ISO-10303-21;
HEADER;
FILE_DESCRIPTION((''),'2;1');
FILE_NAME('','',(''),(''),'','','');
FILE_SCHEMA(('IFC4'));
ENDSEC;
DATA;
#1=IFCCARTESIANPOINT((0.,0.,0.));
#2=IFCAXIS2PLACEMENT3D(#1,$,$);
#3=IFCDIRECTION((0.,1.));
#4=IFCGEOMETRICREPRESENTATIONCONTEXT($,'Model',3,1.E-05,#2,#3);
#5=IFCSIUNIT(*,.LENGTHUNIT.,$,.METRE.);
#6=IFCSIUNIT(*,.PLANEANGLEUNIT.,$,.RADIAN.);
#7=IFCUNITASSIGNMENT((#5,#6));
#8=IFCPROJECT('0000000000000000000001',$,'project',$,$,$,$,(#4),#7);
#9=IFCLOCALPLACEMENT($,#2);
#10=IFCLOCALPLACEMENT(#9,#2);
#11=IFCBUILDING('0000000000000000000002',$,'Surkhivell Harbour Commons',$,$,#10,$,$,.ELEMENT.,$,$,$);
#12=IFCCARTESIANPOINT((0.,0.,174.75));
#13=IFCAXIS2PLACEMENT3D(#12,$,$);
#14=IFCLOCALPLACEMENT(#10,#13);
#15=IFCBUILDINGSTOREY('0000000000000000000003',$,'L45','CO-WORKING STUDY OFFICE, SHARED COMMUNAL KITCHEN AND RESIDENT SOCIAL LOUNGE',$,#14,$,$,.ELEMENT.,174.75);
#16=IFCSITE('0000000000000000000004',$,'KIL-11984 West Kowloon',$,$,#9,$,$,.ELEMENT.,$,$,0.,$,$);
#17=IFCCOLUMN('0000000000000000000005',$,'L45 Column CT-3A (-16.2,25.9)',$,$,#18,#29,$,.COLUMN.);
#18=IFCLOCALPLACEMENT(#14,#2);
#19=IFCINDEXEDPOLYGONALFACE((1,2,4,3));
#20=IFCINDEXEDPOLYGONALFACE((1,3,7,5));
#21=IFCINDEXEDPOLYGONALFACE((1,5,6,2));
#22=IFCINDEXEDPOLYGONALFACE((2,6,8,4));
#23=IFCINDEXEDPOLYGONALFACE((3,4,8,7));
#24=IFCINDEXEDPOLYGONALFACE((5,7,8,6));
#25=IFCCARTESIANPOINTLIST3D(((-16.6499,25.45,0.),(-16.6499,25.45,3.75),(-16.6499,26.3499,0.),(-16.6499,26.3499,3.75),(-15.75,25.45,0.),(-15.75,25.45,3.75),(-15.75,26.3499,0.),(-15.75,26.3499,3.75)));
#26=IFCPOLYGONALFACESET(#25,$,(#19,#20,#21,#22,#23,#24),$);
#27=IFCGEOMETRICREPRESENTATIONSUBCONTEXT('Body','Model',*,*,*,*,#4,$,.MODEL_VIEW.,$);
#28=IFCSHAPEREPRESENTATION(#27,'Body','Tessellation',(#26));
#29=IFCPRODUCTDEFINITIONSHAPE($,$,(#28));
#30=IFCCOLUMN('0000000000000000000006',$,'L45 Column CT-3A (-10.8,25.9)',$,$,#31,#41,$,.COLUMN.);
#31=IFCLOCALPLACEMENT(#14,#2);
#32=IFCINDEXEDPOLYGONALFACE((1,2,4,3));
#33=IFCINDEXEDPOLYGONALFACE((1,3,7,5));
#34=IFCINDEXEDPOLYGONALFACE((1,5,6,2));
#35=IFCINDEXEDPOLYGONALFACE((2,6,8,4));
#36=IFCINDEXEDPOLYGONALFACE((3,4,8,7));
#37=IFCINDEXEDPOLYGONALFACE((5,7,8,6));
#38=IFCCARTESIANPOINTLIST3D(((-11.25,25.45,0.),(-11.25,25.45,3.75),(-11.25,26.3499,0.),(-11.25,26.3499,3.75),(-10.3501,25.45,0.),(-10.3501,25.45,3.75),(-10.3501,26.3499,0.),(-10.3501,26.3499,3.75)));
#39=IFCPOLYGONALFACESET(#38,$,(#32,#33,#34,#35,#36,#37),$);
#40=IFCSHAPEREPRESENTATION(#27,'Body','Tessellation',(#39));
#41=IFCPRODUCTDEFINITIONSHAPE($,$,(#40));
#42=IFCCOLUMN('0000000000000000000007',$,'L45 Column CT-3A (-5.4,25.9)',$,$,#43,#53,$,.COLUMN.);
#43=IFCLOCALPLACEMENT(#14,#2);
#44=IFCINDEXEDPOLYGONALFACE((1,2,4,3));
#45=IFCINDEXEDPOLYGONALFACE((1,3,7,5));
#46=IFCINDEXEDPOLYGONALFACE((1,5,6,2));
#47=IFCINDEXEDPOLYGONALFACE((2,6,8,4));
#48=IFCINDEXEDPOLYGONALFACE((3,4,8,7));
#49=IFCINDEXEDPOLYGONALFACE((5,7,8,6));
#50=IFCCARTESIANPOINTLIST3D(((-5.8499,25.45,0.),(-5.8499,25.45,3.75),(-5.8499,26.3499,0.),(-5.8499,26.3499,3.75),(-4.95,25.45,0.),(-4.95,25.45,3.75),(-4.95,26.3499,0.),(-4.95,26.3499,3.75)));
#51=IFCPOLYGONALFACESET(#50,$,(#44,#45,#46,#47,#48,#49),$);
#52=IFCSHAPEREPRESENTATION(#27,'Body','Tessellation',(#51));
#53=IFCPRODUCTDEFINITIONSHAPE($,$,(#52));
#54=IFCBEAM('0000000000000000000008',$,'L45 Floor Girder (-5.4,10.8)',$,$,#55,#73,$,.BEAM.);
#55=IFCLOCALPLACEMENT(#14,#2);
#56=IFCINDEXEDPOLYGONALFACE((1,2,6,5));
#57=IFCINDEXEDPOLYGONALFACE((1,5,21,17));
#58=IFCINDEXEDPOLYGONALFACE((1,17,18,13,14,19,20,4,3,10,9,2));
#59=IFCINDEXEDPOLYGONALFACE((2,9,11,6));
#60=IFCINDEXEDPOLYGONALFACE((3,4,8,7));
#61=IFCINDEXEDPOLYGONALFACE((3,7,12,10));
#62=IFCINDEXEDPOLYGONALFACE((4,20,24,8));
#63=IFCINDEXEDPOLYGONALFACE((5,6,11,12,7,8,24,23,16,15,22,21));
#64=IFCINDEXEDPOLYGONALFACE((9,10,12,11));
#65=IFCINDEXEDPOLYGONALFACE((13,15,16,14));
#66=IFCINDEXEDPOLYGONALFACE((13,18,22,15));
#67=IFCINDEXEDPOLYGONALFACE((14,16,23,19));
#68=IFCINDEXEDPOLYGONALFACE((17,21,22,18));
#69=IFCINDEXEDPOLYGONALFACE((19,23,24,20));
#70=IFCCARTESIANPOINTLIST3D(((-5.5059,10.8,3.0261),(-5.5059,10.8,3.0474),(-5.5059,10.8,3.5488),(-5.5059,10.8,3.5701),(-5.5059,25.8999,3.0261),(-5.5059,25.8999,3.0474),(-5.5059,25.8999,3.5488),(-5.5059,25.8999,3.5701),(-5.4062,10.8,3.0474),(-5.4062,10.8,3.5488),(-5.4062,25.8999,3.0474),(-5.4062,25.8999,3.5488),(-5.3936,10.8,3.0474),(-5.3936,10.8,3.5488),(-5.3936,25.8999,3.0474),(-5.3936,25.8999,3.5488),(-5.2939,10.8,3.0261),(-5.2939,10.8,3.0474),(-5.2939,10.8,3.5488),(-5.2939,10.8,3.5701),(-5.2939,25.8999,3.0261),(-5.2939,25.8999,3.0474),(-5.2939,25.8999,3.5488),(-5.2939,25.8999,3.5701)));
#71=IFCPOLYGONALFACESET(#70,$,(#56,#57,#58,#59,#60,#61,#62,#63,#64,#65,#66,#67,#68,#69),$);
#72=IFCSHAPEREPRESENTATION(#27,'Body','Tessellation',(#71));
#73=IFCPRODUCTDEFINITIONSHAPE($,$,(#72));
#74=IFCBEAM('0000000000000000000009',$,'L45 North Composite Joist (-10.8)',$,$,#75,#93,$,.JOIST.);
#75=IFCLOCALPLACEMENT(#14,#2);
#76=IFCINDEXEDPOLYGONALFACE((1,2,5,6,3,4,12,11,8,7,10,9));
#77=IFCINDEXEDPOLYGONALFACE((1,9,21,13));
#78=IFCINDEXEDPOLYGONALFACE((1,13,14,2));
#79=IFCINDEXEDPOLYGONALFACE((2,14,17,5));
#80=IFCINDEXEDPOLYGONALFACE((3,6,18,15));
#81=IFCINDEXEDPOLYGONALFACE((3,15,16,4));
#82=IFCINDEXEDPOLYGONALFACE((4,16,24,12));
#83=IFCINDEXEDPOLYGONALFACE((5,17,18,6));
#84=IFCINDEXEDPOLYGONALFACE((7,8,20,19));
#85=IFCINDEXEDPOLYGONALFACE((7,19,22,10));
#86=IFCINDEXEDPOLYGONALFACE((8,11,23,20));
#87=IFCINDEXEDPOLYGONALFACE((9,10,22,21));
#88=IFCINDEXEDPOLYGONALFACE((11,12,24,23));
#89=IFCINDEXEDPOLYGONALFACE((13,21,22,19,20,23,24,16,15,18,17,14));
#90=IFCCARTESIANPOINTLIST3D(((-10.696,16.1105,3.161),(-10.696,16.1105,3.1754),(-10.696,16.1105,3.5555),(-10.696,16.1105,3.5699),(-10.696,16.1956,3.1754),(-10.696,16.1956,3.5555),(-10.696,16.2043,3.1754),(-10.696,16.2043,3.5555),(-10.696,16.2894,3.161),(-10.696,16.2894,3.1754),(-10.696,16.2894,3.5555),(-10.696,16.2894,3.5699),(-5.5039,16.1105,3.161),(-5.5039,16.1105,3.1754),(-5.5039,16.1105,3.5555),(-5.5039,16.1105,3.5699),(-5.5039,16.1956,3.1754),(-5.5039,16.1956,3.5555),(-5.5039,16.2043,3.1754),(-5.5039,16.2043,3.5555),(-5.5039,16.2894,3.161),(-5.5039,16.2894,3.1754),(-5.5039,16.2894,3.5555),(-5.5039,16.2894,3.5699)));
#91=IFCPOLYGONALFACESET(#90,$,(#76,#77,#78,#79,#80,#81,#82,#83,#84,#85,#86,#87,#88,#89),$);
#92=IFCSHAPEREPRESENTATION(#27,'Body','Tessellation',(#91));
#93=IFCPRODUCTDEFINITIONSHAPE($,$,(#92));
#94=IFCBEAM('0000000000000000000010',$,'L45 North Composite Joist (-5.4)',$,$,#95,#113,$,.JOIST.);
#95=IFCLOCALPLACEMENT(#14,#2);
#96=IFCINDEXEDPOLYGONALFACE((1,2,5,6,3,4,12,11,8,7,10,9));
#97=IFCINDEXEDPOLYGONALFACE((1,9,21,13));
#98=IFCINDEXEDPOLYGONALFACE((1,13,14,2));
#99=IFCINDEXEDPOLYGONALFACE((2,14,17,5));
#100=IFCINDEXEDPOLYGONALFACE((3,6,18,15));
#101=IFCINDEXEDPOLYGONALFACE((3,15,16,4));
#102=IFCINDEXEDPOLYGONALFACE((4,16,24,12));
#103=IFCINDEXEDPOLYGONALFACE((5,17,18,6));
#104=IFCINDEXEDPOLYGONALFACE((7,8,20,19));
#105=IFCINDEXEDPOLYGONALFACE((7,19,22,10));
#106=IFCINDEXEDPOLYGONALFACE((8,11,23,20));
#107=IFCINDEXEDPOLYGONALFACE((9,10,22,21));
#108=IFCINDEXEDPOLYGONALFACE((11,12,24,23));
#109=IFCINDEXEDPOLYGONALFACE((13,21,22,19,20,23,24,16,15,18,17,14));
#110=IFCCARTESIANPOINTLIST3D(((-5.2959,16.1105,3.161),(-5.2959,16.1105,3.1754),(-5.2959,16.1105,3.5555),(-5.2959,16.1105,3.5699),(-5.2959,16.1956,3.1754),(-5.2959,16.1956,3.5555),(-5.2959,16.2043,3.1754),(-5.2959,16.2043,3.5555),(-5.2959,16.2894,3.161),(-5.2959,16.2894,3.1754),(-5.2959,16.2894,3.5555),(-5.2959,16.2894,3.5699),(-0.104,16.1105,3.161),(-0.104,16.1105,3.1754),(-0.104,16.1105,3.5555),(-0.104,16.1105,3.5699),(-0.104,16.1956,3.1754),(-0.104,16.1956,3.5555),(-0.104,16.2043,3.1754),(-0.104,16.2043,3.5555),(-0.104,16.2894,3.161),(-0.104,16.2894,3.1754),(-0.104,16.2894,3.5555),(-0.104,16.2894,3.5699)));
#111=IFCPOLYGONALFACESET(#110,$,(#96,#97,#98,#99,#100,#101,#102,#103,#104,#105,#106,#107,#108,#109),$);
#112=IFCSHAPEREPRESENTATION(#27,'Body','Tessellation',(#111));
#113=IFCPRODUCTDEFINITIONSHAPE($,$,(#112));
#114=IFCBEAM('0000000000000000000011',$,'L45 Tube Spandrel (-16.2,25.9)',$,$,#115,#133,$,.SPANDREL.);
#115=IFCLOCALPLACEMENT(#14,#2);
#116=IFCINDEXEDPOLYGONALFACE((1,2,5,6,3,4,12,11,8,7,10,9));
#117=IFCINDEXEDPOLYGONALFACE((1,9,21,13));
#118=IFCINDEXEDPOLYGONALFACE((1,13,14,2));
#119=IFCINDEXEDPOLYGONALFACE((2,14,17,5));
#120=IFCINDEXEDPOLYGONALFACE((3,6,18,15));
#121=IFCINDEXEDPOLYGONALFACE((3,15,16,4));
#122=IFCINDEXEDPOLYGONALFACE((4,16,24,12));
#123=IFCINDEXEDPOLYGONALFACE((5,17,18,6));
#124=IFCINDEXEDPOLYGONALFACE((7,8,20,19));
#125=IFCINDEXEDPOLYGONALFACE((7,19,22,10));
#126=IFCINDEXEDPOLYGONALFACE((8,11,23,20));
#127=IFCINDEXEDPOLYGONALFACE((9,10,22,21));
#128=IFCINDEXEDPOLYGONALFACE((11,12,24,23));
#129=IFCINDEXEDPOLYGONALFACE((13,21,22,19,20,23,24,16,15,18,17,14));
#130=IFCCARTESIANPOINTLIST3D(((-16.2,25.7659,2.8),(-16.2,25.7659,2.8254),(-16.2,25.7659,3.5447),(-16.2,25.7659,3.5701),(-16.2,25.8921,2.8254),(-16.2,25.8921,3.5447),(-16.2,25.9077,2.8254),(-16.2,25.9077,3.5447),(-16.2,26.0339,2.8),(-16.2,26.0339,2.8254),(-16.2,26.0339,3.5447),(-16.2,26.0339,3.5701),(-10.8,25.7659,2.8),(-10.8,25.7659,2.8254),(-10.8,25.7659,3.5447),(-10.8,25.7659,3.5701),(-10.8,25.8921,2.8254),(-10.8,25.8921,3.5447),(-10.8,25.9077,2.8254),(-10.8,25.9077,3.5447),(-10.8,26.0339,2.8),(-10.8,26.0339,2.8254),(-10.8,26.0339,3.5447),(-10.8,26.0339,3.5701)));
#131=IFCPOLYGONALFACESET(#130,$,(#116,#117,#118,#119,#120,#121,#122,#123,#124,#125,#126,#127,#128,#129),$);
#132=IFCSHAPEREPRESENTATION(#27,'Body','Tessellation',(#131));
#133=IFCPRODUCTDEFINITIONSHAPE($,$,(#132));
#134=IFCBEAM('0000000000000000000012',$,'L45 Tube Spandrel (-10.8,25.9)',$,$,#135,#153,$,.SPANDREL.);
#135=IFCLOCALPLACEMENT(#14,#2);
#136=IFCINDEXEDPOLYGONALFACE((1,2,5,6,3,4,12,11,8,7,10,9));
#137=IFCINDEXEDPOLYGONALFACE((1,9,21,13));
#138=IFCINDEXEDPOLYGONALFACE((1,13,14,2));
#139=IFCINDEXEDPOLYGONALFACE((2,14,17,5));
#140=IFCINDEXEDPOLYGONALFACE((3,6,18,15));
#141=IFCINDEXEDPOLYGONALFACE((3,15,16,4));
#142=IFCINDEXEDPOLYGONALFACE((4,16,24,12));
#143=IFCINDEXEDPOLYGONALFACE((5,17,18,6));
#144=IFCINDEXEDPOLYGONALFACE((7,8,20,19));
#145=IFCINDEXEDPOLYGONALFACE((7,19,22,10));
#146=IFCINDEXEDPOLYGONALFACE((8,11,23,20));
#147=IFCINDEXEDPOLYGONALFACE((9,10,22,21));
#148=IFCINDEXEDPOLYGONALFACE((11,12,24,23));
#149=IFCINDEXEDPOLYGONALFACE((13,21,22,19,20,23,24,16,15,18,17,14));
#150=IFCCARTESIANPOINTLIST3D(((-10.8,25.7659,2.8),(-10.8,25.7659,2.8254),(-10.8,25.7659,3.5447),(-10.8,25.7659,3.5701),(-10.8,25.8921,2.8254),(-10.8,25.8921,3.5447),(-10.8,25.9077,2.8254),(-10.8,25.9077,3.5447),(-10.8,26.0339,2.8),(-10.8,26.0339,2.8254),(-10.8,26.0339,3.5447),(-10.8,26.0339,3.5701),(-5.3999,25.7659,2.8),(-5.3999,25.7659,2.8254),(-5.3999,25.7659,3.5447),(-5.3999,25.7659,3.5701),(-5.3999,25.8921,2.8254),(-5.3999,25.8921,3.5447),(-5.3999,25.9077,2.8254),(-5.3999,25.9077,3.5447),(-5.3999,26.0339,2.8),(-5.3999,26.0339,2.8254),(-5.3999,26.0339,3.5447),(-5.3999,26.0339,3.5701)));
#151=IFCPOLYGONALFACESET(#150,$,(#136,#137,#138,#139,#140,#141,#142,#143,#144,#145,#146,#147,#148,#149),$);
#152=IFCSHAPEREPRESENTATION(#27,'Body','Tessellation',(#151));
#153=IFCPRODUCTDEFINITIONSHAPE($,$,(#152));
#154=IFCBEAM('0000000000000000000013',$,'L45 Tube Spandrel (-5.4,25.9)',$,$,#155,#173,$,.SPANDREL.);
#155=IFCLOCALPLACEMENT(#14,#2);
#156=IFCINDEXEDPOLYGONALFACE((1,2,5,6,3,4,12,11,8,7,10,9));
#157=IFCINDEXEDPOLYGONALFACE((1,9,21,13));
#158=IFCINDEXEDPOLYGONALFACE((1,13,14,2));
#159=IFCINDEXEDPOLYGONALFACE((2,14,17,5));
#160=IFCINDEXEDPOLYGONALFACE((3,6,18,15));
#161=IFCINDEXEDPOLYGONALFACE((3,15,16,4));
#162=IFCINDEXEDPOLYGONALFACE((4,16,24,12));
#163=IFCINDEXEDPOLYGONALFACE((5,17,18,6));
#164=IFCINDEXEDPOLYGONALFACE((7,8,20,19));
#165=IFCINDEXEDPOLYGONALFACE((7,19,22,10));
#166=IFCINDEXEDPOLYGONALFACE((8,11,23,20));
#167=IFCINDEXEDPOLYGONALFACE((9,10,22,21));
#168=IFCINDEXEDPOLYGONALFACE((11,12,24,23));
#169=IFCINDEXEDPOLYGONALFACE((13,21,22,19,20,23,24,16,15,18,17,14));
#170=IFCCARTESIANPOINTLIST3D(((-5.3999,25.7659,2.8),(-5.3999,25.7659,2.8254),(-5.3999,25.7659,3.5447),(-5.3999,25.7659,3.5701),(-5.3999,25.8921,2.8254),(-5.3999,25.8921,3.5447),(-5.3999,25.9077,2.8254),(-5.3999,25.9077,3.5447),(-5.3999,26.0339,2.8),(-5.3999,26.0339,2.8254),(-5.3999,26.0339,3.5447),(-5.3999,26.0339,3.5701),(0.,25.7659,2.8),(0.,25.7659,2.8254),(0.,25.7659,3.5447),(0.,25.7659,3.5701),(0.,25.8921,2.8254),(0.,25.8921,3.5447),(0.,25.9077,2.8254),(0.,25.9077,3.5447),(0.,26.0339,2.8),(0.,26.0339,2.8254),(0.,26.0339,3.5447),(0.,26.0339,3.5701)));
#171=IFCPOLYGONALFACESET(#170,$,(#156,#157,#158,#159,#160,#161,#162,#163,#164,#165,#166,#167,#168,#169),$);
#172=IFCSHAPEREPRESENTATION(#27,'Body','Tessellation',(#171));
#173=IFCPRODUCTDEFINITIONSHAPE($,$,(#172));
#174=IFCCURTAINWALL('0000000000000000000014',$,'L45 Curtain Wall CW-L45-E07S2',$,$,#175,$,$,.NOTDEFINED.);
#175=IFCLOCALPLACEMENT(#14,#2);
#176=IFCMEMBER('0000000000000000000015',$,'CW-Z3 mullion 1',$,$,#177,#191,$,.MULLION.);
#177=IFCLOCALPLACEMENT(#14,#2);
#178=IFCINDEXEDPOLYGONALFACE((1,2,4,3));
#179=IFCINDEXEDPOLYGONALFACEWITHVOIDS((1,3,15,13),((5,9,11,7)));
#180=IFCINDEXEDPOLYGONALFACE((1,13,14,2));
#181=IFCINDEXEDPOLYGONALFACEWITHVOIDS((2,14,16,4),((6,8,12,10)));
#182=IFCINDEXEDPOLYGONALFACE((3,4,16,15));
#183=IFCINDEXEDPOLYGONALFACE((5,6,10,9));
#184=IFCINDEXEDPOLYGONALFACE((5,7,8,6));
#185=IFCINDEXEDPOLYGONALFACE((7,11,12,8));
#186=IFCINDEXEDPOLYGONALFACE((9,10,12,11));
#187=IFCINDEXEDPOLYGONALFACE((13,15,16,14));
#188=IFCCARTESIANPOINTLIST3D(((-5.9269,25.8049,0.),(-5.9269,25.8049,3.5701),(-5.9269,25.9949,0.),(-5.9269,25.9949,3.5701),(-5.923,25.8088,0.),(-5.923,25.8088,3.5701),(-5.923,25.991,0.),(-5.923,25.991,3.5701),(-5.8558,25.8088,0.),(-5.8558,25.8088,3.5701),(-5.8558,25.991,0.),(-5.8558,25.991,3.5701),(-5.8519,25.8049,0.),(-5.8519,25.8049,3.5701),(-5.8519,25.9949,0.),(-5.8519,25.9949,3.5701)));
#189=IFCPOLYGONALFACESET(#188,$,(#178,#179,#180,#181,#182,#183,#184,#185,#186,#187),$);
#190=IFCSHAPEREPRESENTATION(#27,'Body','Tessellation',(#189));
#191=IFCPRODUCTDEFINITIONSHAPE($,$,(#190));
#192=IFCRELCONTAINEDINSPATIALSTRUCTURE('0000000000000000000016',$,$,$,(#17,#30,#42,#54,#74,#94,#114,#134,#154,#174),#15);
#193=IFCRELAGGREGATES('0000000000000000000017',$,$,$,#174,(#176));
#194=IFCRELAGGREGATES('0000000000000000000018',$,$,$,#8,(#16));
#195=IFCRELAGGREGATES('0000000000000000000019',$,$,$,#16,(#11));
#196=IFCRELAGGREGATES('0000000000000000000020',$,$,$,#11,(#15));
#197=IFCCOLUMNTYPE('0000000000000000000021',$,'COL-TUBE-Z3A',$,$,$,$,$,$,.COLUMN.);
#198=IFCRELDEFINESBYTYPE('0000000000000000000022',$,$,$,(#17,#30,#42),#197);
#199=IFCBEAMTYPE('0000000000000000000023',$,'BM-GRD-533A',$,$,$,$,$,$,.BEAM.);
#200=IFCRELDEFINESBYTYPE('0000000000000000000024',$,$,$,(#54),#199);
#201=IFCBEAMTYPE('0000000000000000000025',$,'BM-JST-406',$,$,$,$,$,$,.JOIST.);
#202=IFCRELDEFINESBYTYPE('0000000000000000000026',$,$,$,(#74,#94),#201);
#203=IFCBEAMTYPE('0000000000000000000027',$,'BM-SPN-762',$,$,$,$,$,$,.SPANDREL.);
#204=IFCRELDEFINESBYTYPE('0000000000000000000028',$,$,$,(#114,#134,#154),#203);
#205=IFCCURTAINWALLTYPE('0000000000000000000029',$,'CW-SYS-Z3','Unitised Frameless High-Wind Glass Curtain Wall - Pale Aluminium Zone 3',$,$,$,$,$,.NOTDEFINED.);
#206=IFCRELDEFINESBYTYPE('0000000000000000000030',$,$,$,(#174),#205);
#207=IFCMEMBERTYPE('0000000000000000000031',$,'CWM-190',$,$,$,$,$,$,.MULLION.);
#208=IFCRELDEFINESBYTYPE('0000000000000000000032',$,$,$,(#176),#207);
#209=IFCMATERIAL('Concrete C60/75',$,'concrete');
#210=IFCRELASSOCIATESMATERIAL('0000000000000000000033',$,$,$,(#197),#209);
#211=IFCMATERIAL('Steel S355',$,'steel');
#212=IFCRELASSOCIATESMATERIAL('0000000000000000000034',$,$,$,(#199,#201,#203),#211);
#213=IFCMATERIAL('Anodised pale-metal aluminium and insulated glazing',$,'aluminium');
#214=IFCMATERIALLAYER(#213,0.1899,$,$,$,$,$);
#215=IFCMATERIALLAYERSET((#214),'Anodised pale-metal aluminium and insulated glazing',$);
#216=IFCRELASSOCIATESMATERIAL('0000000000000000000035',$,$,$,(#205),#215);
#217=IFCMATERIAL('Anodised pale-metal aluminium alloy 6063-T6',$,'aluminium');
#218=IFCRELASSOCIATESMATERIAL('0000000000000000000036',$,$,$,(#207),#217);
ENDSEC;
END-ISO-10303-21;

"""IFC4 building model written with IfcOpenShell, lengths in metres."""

from ifc_helpers import new_model, si_unit, direction, frame, origin, origin_2d, place, context, subcontext, project, spatial, rectangle, hollow_rectangle, i_section, extrude, material, layer, layer_set, material_profile, profile_set, type_object, element, aggregate, save


model = new_model("IFC4")

# Units and contexts
model_context = context("Model", 3, precision=1e-05, world=origin(), true_north=direction((0.0, 1.0)))
body_context = subcontext(model_context, "Body", "Model", "MODEL_VIEW")
ifc_project = project(units=[si_unit("LENGTHUNIT", "METRE"), si_unit("PLANEANGLEUNIT", "RADIAN")], contexts=[model_context])

# Site, building, storey
site_placement = place(None, origin())
site = spatial("IfcSite", under=ifc_project, at=site_placement, Name="KIL-11984 West Kowloon", CompositionType="ELEMENT", RefElevation=0.0)
building_placement = place(site_placement, origin())
building = spatial("IfcBuilding", under=site, at=building_placement, Name="Surkhivell Harbour Commons", CompositionType="ELEMENT")
storey_placement = place(building_placement, frame((0.0, 0.0, 174.75)))
storey = spatial("IfcBuildingStorey", under=building, at=storey_placement, Name="L45", Description="CO-WORKING STUDY OFFICE, SHARED COMMUNAL KITCHEN AND RESIDENT SOCIAL LOUNGE", CompositionType="ELEMENT", Elevation=174.75)

# Columns
ifc_material_1 = material(Name="Concrete C60/75", Category="concrete")
ifc_material_profile_1 = material_profile(ifc_material_1, rectangle(XDim=0.8999, YDim=0.8999, at=origin_2d()), Name="RC-COL-900x900")
ifc_profile_set_1 = profile_set([ifc_material_profile_1], Name="Concrete C60/75")
column_type = type_object("IfcColumnType", Name="COL-TUBE-Z3A", PredefinedType="COLUMN", material=ifc_profile_set_1)
for number, where, z_axis, x_axis, name in (
    (1, (-16.2, 25.8999, 0.0), (0.0, 0.0, 1.0), (1.0, 0.0, 0.0), "L45 Column CT-3A (-16.2,25.9)"),
    (2, (-10.8, 25.8999, 0.0), (0.0, 0.0, 1.0), (1.0, 0.0, 0.0), "L45 Column CT-3A (-10.8,25.9)"),
    (3, (-5.3999, 25.8999, 0.0), (0.0, 0.0, 1.0), (1.0, 0.0, 0.0), "L45 Column CT-3A (-5.4,25.9)"),
):
    element("IfcColumn", number, at=place(storey_placement, frame(where, z_axis=z_axis, x_axis=x_axis)), inside=storey, type_object=column_type, Name=name, PredefinedType="COLUMN", context=body_context, shape_type="SweptSolid", body=[
        extrude(rectangle(XDim=0.8999, YDim=0.8999, at=origin_2d()), origin(), (0.0, 0.0, 1.0), 3.75),
    ])

# Beams
ifc_material_2 = material(Name="Steel S355", Category="steel")
ifc_material_profile_2 = material_profile(ifc_material_2, i_section(OverallWidth=0.2119, OverallDepth=0.5439, WebThickness=0.0127, FlangeThickness=0.0212, at=origin_2d()), Name="UB533x210x122")
ifc_profile_set_2 = profile_set([ifc_material_profile_2], Name="Steel S355")
beam_type_1 = type_object("IfcBeamType", Name="BM-GRD-533A", PredefinedType="BEAM", material=ifc_profile_set_2)
beam_1_placement = place(storey_placement, frame((-5.3999, 10.8, 3.2981), z_axis=(0.0, 1.0, 0.0), x_axis=(-1.0, 0.0, 0.0)))
element("IfcBeam", 4, at=beam_1_placement, inside=storey, type_object=beam_type_1, Name="L45 Floor Girder (-5.4,10.8)", PredefinedType="BEAM", context=body_context, shape_type="SweptSolid", body=[
    extrude(i_section(OverallWidth=0.2119, OverallDepth=0.5439, WebThickness=0.0127, FlangeThickness=0.0212, at=origin_2d()), origin(), (0.0, 0.0, 1.0), 15.0999),
])
ifc_material_profile_3 = material_profile(ifc_material_2, i_section(OverallWidth=0.179, OverallDepth=0.4089, WebThickness=0.0088, FlangeThickness=0.0144, at=origin_2d()), Name="UB406x178x67")
ifc_profile_set_3 = profile_set([ifc_material_profile_3], Name="Steel S355")
beam_type_2 = type_object("IfcBeamType", Name="BM-JST-406", PredefinedType="JOIST", material=ifc_profile_set_3)
beam_2_placement = place(storey_placement, frame((-10.696, 16.2, 3.3655), z_axis=(1.0, 0.0, 0.0), x_axis=(0.0, 1.0, 0.0)))
element("IfcBeam", 5, at=beam_2_placement, inside=storey, type_object=beam_type_2, Name="L45 North Composite Joist (-10.8)", PredefinedType="JOIST", context=body_context, shape_type="SweptSolid", body=[
    extrude(i_section(OverallWidth=0.179, OverallDepth=0.4089, WebThickness=0.0088, FlangeThickness=0.0144, at=origin_2d()), origin(), (0.0, 0.0, 1.0), 5.1921),
])
beam_3_placement = place(storey_placement, frame((-5.2959, 16.2, 3.3655), z_axis=(1.0, 0.0, 0.0), x_axis=(0.0, 1.0, 0.0)))
element("IfcBeam", 6, at=beam_3_placement, inside=storey, type_object=beam_type_2, Name="L45 North Composite Joist (-5.4)", PredefinedType="JOIST", context=body_context, shape_type="SweptSolid", body=[
    extrude(i_section(OverallWidth=0.179, OverallDepth=0.4089, WebThickness=0.0088, FlangeThickness=0.0144, at=origin_2d()), origin(), (0.0, 0.0, 1.0), 5.1919),
])
ifc_material_profile_4 = material_profile(ifc_material_2, i_section(OverallWidth=0.2681, OverallDepth=0.77, WebThickness=0.0156, FlangeThickness=0.0254, at=origin_2d()), Name="UB762x267x197")
ifc_profile_set_4 = profile_set([ifc_material_profile_4], Name="Steel S355")
beam_type_3 = type_object("IfcBeamType", Name="BM-SPN-762", PredefinedType="SPANDREL", material=ifc_profile_set_4)
beam_4_placement = place(storey_placement, frame((-16.2, 25.8999, 3.1851), z_axis=(1.0, 0.0, 0.0), x_axis=(0.0, 1.0, 0.0)))
element("IfcBeam", 7, at=beam_4_placement, inside=storey, type_object=beam_type_3, Name="L45 Tube Spandrel (-16.2,25.9)", PredefinedType="SPANDREL", context=body_context, shape_type="SweptSolid", body=[
    extrude(i_section(OverallWidth=0.2681, OverallDepth=0.77, WebThickness=0.0156, FlangeThickness=0.0254, at=origin_2d()), origin(), (0.0, 0.0, 1.0), 5.3999),
])
beam_5_placement = place(storey_placement, frame((-10.8, 25.8999, 3.1851), z_axis=(1.0, 0.0, 0.0), x_axis=(0.0, 1.0, 0.0)))
element("IfcBeam", 8, at=beam_5_placement, inside=storey, type_object=beam_type_3, Name="L45 Tube Spandrel (-10.8,25.9)", PredefinedType="SPANDREL", context=body_context, shape_type="SweptSolid", body=[
    extrude(i_section(OverallWidth=0.2681, OverallDepth=0.77, WebThickness=0.0156, FlangeThickness=0.0254, at=origin_2d()), origin(), (0.0, 0.0, 1.0), 5.4001),
])
beam_6_placement = place(storey_placement, frame((-5.3999, 25.8999, 3.1851), z_axis=(1.0, 0.0, 0.0), x_axis=(0.0, 1.0, 0.0)))
element("IfcBeam", 9, at=beam_6_placement, inside=storey, type_object=beam_type_3, Name="L45 Tube Spandrel (-5.4,25.9)", PredefinedType="SPANDREL", context=body_context, shape_type="SweptSolid", body=[
    extrude(i_section(OverallWidth=0.2681, OverallDepth=0.77, WebThickness=0.0156, FlangeThickness=0.0254, at=origin_2d()), origin(), (0.0, 0.0, 1.0), 5.3999),
])

# Curtain wall, member
ifc_material_3 = material(Name="Anodised pale-metal aluminium and insulated glazing", Category="aluminium")
ifc_layer_1 = layer(ifc_material_3, 0.1899)
ifc_layer_set_1 = layer_set([ifc_layer_1], Name="Anodised pale-metal aluminium and insulated glazing")
curtain_wall_type = type_object("IfcCurtainWallType", Name="CW-SYS-Z3", Description="Unitised Frameless High-Wind Glass Curtain Wall - Pale Aluminium Zone 3", PredefinedType="NOTDEFINED", material=ifc_layer_set_1)
curtain_wall_placement = place(storey_placement, origin())
curtain_wall = element("IfcCurtainWall", 10, at=curtain_wall_placement, inside=storey, type_object=curtain_wall_type, Name="L45 Curtain Wall CW-L45-E07S2", PredefinedType="NOTDEFINED")
ifc_material_4 = material(Name="Anodised pale-metal aluminium alloy 6063-T6", Category="aluminium")
ifc_material_profile_5 = material_profile(ifc_material_4, hollow_rectangle(XDim=0.075, YDim=0.1899, WallThickness=0.0039, at=origin_2d()), Name="ALU-MULL-75x190")
ifc_profile_set_5 = profile_set([ifc_material_profile_5], Name="Anodised pale-metal aluminium alloy 6063-T6")
member_type_1 = type_object("IfcMemberType", Name="CWM-190", PredefinedType="MULLION", material=ifc_profile_set_5)
member_1_placement = place(storey_placement, frame((-5.8894, 25.8999, 0.0), z_axis=(0.0, 0.0, 1.0), x_axis=(-1.0, 0.0, 0.0)))
member_1 = element("IfcMember", 11, at=member_1_placement, type_object=member_type_1, Name="CW-Z3 mullion 1", PredefinedType="MULLION", context=body_context, shape_type="SweptSolid", body=[
    extrude(hollow_rectangle(XDim=0.075, YDim=0.1899, WallThickness=0.0039, at=origin_2d()), origin(), (0.0, 0.0, 1.0), 3.5701),
])

aggregate(curtain_wall, [member_1])

save(model, "model.ifc")
